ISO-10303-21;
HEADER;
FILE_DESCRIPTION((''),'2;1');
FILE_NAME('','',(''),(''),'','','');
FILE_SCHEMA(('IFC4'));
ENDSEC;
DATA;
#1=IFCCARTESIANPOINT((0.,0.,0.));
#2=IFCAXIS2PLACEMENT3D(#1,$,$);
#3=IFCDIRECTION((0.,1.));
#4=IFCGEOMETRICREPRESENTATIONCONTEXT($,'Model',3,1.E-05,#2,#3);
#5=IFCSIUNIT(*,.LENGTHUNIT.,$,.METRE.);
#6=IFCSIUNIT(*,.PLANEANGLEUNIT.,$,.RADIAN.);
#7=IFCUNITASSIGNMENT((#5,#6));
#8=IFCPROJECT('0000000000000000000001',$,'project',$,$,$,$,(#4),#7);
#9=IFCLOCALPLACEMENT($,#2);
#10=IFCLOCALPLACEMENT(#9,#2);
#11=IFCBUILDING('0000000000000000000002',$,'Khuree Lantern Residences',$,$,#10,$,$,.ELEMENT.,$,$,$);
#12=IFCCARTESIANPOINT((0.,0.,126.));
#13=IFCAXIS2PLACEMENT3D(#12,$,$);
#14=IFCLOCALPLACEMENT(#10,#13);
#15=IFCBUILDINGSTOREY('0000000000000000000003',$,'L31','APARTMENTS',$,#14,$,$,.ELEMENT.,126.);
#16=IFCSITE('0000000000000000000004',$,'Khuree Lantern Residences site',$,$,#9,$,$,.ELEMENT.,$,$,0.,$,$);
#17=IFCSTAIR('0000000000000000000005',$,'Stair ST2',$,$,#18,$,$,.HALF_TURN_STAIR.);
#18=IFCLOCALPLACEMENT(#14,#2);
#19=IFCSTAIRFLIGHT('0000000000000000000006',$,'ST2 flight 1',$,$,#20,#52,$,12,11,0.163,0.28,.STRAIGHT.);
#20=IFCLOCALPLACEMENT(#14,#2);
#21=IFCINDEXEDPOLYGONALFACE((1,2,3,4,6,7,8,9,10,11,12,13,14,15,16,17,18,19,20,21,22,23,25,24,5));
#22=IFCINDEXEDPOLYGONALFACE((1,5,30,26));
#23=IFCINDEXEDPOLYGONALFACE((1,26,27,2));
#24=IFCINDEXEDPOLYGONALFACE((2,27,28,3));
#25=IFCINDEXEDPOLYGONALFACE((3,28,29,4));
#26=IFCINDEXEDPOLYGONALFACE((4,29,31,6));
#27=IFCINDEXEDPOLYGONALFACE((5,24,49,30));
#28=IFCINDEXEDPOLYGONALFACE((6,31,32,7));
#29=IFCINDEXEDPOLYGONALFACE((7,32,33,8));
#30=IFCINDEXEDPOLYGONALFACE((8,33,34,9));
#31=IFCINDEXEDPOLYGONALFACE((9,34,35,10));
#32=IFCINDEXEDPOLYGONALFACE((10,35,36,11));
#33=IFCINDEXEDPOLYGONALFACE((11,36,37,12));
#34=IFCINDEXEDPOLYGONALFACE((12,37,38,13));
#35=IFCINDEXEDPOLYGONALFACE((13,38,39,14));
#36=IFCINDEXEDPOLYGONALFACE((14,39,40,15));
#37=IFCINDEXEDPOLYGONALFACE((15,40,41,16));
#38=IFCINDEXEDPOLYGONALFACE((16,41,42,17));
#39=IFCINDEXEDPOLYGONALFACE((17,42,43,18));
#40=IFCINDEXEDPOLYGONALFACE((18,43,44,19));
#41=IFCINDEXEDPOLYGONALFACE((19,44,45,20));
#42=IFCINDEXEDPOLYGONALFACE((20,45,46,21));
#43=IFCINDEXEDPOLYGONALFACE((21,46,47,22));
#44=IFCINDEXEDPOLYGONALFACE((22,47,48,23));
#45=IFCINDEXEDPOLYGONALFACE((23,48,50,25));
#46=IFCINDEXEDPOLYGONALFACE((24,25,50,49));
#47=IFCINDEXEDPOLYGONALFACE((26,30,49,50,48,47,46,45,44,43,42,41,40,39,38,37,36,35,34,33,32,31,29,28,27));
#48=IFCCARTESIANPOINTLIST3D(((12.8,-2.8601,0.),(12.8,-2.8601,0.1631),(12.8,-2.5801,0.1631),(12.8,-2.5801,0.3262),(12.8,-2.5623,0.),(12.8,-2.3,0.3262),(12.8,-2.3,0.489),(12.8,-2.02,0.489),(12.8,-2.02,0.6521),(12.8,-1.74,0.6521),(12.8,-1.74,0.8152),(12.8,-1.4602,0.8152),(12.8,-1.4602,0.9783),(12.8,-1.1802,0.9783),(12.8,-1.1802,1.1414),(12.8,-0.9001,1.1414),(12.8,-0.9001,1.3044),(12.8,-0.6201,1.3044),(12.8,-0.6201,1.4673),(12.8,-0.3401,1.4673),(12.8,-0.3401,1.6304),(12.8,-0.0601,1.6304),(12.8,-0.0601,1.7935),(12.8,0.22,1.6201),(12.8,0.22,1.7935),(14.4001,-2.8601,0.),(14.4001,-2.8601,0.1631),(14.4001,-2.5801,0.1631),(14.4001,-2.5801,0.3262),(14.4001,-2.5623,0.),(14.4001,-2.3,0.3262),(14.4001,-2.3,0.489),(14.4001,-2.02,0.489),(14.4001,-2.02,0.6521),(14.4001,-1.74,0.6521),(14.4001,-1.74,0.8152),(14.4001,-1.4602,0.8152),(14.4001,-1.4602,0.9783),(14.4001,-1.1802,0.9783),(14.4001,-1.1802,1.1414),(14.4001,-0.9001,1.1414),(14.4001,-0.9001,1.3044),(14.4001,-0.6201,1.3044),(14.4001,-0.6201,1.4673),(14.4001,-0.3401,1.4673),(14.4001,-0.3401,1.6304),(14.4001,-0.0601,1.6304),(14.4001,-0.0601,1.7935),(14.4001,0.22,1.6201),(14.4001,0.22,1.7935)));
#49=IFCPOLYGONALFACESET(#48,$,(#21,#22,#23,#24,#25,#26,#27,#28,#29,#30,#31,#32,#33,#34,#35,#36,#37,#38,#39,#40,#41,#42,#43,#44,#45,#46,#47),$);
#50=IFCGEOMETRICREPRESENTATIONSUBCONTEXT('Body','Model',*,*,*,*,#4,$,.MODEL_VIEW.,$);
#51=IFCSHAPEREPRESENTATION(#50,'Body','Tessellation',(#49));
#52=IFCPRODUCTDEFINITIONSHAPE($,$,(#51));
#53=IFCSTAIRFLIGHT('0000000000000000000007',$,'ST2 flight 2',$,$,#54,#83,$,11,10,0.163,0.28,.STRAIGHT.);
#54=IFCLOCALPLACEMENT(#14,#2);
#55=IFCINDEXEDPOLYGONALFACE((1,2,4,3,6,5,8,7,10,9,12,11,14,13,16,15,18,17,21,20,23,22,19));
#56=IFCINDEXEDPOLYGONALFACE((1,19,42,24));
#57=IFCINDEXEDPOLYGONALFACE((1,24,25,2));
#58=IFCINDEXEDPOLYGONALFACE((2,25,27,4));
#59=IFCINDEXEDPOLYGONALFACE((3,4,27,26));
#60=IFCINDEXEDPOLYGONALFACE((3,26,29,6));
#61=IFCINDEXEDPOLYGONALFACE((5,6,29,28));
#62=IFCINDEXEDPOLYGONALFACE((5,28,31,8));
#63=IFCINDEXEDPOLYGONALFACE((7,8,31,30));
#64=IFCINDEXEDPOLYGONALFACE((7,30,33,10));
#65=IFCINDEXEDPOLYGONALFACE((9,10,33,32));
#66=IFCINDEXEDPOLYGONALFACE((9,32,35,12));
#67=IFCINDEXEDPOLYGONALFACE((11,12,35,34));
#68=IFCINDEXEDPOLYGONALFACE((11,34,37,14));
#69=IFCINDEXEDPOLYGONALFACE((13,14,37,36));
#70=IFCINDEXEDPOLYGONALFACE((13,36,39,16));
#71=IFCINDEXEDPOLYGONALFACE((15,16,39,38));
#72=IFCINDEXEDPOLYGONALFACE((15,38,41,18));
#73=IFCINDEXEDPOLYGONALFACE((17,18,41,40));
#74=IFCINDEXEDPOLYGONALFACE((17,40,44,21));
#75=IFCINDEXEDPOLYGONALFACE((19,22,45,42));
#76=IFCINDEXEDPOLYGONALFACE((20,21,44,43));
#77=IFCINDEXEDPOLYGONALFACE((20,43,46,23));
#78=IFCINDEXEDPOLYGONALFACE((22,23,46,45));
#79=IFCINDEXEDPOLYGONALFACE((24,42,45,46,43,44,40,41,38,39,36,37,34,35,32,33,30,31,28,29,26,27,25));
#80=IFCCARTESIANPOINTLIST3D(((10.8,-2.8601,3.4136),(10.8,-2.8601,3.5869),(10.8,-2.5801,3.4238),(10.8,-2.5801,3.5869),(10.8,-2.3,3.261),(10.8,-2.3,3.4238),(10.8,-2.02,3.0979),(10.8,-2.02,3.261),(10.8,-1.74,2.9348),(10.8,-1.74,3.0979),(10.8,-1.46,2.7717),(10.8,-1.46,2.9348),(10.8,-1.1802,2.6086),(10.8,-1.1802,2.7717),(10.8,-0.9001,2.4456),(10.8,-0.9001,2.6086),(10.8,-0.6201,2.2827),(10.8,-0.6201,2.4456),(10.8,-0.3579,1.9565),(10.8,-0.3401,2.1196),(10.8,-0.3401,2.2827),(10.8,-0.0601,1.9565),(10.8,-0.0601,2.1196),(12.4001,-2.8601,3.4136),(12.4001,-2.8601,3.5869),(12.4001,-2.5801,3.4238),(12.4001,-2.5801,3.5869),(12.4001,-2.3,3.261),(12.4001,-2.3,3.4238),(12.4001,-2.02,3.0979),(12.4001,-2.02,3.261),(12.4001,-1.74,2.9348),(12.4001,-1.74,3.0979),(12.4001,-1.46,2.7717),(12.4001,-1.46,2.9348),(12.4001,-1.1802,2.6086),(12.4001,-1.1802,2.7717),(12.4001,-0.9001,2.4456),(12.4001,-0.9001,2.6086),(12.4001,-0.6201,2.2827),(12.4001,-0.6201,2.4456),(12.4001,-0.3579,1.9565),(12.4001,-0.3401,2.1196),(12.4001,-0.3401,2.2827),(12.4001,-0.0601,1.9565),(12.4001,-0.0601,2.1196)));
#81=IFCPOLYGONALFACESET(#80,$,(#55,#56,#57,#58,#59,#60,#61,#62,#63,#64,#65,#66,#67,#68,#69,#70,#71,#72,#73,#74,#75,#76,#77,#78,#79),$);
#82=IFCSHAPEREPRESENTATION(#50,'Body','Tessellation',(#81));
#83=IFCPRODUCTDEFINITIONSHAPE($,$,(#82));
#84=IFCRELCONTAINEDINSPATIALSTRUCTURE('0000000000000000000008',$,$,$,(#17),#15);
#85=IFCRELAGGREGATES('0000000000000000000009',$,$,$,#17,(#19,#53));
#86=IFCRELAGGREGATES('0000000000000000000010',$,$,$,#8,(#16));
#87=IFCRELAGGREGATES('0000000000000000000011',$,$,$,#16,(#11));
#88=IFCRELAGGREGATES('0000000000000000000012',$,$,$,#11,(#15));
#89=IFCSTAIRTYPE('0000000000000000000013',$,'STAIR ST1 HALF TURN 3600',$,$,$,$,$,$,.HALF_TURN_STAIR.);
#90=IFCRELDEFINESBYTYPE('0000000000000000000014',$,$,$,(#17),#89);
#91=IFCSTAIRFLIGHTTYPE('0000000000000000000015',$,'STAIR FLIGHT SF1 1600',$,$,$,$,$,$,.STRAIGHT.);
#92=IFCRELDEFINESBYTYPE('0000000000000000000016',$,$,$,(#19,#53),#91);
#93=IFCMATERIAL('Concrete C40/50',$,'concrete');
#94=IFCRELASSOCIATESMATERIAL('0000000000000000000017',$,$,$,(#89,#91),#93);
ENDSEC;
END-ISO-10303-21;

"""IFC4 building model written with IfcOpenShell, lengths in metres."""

from ifc_helpers import new_model, si_unit, direction, frame, origin, place, context, subcontext, project, spatial, polyline, outline, extrude, material, type_object, element, aggregate, save


model = new_model("IFC4")

# Units and contexts
model_context = context("Model", 3, precision=1e-05, world=origin(), true_north=direction((0.0, 1.0)))
body_context = subcontext(model_context, "Body", "Model", "MODEL_VIEW")
ifc_project = project(units=[si_unit("LENGTHUNIT", "METRE"), si_unit("PLANEANGLEUNIT", "RADIAN")], contexts=[model_context])

# Site, building, storey
site_placement = place(None, origin())
site = spatial("IfcSite", under=ifc_project, at=site_placement, Name="Khuree Lantern Residences site", CompositionType="ELEMENT", RefElevation=0.0)
building_placement = place(site_placement, origin())
building = spatial("IfcBuilding", under=site, at=building_placement, Name="Khuree Lantern Residences", CompositionType="ELEMENT")
storey_placement = place(building_placement, frame((0.0, 0.0, 126.0)))
storey = spatial("IfcBuildingStorey", under=building, at=storey_placement, Name="L31", Description="APARTMENTS", CompositionType="ELEMENT", Elevation=126.0)

# Stair
ifc_material_1 = material(Name="Concrete C40/50", Category="concrete")
stair_type = type_object("IfcStairType", Name="STAIR ST1 HALF TURN 3600", PredefinedType="HALF_TURN_STAIR", material=ifc_material_1)
stair_1_placement = place(storey_placement, origin())
stair_1 = element("IfcStair", 1, at=stair_1_placement, inside=storey, type_object=stair_type, Name="Stair ST2", PredefinedType="HALF_TURN_STAIR")

# Stair flights
stair_flight_type = type_object("IfcStairFlightType", Name="STAIR FLIGHT SF1 1600", PredefinedType="STRAIGHT", material=ifc_material_1)
stair_flight_1_placement = place(storey_placement, frame((13.6001, -2.8601, 0.0), z_axis=(0.0, 0.0, 1.0), x_axis=(0.0, 1.0, 0.0)))
stair_flight_1 = element("IfcStairFlight", 2, at=stair_flight_1_placement, type_object=stair_flight_type, Name="ST2 flight 1", NumberOfRisers=12, NumberOfTreads=11, PredefinedType="STRAIGHT", RiserHeight=0.163, TreadLength=0.28, context=body_context, shape_type="SweptSolid", body=[
    extrude(outline(polyline([(0.0, 0.0), (0.0, 0.1631), (0.28, 0.1631), (0.28, 0.3262), (0.5601, 0.3262), (0.5601, 0.489), (0.8401, 0.489), (0.8401, 0.6521), (1.1201, 0.6521), (1.1201, 0.8152), (1.3999, 0.8152), (1.3999, 0.9783), (1.6799, 0.9783), (1.6799, 1.1414), (1.96, 1.1414), (1.96, 1.3044), (2.24, 1.3044), (2.24, 1.4673), (2.52, 1.4673), (2.52, 1.6304), (2.8, 1.6304), (2.8, 1.7935), (3.0801, 1.7935), (3.0801, 1.9565), (3.0801, 1.6201), (0.2979, 0.0), (0.0, 0.0)])), frame((0.0, 0.8, 0.0), z_axis=(0.0, -1.0, 0.0), x_axis=(1.0, 0.0, 0.0)), (0.0, 0.0, 1.0), 1.6001),
])
stair_flight_2_placement = place(storey_placement, frame((11.6001, -0.0601, 1.9565), z_axis=(0.0, 0.0, 1.0), x_axis=(0.0, -1.0, 0.0)))
stair_flight_2 = element("IfcStairFlight", 3, at=stair_flight_2_placement, type_object=stair_flight_type, Name="ST2 flight 2", NumberOfRisers=11, NumberOfTreads=10, PredefinedType="STRAIGHT", RiserHeight=0.163, TreadLength=0.28, context=body_context, shape_type="SweptSolid", body=[
    extrude(outline(polyline([(0.0, 0.0), (0.0, 0.1631), (0.28, 0.1631), (0.28, 0.3262), (0.5601, 0.3262), (0.5601, 0.489), (0.8401, 0.489), (0.8401, 0.6521), (1.1201, 0.6521), (1.1201, 0.8152), (1.3999, 0.8152), (1.3999, 0.9783), (1.6799, 0.9783), (1.6799, 1.1414), (1.96, 1.1414), (1.96, 1.3044), (2.24, 1.3044), (2.24, 1.4673), (2.52, 1.4673), (2.52, 1.6304), (2.8, 1.6304), (2.8, 1.7935), (2.8, 1.457), (0.2979, 0.0), (0.0, 0.0)])), frame((0.0, 0.8, 0.0), z_axis=(0.0, -1.0, 0.0), x_axis=(1.0, 0.0, 0.0)), (0.0, 0.0, 1.0), 1.6001),
])
aggregate(stair_1, [stair_flight_1, stair_flight_2])

save(model, "model.ifc")
